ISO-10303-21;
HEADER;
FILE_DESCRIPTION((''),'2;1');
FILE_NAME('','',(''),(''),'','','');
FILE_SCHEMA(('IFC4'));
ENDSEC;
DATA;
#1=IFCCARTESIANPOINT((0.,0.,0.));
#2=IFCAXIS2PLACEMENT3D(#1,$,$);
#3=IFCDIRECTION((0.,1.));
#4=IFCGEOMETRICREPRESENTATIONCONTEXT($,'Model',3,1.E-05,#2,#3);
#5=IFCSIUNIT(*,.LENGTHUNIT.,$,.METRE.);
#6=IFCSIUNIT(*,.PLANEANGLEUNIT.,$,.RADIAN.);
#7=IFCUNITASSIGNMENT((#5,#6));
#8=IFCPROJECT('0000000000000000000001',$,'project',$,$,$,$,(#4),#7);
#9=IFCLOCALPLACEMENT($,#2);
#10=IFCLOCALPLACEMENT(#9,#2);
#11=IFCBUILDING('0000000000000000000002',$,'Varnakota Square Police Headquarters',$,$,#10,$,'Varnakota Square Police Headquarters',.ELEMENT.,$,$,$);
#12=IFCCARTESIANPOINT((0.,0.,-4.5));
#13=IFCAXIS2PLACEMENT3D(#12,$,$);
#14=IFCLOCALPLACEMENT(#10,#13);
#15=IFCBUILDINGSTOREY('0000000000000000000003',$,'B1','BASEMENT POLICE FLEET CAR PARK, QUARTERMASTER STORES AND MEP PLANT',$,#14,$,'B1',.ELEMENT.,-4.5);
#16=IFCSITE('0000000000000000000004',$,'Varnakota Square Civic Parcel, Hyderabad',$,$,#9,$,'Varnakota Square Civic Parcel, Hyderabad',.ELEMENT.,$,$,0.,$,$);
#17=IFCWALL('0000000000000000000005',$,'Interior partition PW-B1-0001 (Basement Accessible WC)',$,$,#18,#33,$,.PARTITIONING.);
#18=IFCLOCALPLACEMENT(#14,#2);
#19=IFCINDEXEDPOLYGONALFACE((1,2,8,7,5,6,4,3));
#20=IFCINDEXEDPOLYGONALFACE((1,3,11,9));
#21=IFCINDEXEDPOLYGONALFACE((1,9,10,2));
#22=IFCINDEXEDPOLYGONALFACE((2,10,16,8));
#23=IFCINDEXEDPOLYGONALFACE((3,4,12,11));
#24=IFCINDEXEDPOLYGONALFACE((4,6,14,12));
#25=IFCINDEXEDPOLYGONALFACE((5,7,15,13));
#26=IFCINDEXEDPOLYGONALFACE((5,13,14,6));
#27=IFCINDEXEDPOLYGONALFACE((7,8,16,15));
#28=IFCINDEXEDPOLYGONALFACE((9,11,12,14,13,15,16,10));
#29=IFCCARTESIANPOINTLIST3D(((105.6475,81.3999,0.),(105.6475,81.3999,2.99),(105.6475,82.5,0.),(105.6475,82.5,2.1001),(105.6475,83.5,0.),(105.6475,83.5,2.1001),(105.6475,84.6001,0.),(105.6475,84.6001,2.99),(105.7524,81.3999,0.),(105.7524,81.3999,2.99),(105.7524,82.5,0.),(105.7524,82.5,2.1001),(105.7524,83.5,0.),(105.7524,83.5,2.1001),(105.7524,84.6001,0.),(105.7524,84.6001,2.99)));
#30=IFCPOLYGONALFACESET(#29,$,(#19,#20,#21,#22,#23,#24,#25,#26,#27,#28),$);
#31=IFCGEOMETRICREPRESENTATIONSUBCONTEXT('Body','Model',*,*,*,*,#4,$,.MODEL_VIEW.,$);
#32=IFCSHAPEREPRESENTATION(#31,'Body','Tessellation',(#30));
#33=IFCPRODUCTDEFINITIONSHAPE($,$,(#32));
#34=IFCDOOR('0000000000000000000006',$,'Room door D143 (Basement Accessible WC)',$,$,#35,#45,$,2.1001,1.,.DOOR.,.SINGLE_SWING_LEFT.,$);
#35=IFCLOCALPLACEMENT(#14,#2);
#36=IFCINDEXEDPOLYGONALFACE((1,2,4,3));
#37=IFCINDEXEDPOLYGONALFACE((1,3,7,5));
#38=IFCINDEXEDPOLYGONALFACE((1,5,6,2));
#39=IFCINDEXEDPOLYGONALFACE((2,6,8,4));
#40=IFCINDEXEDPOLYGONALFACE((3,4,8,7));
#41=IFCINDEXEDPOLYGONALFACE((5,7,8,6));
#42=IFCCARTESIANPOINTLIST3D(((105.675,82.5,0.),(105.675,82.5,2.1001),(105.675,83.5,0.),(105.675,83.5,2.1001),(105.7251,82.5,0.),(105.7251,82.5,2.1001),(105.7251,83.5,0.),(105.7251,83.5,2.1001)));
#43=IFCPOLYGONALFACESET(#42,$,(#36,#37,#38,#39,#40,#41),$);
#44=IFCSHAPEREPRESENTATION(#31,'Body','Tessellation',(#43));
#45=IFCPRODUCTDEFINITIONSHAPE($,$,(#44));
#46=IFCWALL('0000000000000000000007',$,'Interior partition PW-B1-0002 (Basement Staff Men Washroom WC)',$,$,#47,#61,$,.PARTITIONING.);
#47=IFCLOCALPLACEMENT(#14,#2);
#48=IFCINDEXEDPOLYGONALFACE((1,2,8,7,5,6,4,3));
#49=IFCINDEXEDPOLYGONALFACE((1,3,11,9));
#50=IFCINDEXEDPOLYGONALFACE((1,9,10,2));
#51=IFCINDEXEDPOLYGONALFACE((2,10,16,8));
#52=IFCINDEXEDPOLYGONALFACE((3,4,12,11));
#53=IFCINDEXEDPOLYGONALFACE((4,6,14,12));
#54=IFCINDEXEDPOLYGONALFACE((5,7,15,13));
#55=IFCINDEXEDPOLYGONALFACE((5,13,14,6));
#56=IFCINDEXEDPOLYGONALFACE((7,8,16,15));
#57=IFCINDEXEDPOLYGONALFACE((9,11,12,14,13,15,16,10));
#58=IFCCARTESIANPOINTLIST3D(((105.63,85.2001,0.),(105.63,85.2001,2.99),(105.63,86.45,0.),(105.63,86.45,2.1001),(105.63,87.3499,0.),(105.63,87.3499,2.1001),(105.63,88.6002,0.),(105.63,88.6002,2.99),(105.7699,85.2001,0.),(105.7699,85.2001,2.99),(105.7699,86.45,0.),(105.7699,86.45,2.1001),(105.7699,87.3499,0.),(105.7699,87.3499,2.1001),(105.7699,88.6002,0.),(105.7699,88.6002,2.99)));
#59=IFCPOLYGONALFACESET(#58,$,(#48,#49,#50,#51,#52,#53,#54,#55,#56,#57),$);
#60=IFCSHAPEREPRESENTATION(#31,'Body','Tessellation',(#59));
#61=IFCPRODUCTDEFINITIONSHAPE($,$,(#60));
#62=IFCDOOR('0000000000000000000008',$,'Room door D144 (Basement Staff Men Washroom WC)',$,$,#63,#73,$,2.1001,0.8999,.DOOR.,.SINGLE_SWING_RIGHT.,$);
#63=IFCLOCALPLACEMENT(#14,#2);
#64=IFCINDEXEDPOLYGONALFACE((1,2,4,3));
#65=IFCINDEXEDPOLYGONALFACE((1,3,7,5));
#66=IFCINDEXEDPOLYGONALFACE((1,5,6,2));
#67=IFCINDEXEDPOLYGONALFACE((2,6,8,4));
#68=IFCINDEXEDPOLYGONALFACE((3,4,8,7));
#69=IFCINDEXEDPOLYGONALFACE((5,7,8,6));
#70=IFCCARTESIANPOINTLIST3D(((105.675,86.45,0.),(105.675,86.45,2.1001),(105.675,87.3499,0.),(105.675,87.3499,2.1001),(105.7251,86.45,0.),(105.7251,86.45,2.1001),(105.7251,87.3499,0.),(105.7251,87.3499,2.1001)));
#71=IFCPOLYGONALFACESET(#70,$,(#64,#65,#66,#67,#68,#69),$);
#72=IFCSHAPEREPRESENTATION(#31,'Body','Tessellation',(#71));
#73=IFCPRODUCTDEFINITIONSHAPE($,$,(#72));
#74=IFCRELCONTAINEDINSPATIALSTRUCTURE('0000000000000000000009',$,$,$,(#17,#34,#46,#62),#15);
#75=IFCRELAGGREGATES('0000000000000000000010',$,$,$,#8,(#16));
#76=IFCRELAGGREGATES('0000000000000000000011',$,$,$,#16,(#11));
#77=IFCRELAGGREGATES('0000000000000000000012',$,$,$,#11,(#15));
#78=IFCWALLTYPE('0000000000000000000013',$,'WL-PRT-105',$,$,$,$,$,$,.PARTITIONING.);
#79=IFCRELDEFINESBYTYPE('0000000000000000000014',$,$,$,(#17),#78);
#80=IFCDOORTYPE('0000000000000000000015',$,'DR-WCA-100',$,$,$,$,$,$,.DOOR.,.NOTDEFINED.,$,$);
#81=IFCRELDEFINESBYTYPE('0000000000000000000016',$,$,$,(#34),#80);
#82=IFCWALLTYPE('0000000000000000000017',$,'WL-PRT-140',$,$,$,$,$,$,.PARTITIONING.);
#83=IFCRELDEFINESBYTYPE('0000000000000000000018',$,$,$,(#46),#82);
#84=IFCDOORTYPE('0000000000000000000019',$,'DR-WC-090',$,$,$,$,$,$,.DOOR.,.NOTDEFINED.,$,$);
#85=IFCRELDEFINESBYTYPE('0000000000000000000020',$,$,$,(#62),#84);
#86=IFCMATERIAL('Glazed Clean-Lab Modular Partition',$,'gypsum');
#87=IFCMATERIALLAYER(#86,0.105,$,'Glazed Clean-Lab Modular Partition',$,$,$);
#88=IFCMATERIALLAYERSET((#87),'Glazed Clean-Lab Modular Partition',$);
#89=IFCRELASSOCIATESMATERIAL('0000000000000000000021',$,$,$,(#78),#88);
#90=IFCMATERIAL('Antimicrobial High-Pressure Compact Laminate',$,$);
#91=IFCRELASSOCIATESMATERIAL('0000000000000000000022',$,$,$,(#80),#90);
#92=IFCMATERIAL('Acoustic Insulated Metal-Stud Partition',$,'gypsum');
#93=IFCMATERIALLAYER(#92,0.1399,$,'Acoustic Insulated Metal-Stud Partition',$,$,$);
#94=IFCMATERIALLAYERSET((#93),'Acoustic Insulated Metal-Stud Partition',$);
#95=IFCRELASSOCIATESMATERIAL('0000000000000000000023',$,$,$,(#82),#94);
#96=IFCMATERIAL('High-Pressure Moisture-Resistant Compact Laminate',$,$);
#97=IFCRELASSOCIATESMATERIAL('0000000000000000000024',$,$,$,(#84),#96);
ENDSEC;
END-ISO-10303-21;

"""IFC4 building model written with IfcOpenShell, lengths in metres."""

from ifc_helpers import new_model, si_unit, direction, frame, frame_2d, origin, place, context, subcontext, project, spatial, rectangle, extrude, material, layer, layer_set, type_object, element, fill, save


model = new_model("IFC4")

# Units and contexts
model_context = context("Model", 3, precision=1e-05, world=origin(), true_north=direction((0.0, 1.0)))
body_context = subcontext(model_context, "Body", "Model", "MODEL_VIEW")
ifc_project = project(units=[si_unit("LENGTHUNIT", "METRE"), si_unit("PLANEANGLEUNIT", "RADIAN")], contexts=[model_context])

# Site, building, storey
site_placement = place(None, origin())
site = spatial("IfcSite", under=ifc_project, at=site_placement, Name="Varnakota Square Civic Parcel, Hyderabad", LongName="Varnakota Square Civic Parcel, Hyderabad", CompositionType="ELEMENT", RefElevation=0.0)
building_placement = place(site_placement, origin())
building = spatial("IfcBuilding", under=site, at=building_placement, Name="Varnakota Square Police Headquarters", LongName="Varnakota Square Police Headquarters", CompositionType="ELEMENT")
storey_placement = place(building_placement, frame((0.0, 0.0, -4.5)))
storey = spatial("IfcBuildingStorey", under=building, at=storey_placement, Name="B1", Description="BASEMENT POLICE FLEET CAR PARK, QUARTERMASTER STORES AND MEP PLANT", LongName="B1", CompositionType="ELEMENT", Elevation=-4.5)

# Walls, openings, doors
ifc_material_1 = material(Name="Glazed Clean-Lab Modular Partition", Category="gypsum")
ifc_layer_1 = layer(ifc_material_1, 0.105, Name="Glazed Clean-Lab Modular Partition")
ifc_layer_set_1 = layer_set([ifc_layer_1], Name="Glazed Clean-Lab Modular Partition")
wall_type_1 = type_object("IfcWallType", Name="WL-PRT-105", PredefinedType="PARTITIONING", material=ifc_layer_set_1)
wall_1_placement = place(storey_placement, frame((105.7, 81.3999, 0.0), z_axis=(0.0, 0.0, 1.0), x_axis=(0.0, 1.0, 0.0)))
wall_1 = element("IfcWall", 1, at=wall_1_placement, inside=storey, type_object=wall_type_1, Name="Interior partition PW-B1-0001 (Basement Accessible WC)", PredefinedType="PARTITIONING", context=body_context, shape_type="SweptSolid", body=[
    extrude(rectangle(XDim=3.2002, YDim=0.105, at=frame_2d((1.6001, 0.0))), origin(), (0.0, 0.0, 1.0), 2.99),
])
opening_1_placement = place(wall_1_placement, frame((1.1001, 0.0, 0.0)))
opening_1 = element("IfcOpeningElement", 2, at=opening_1_placement, cuts=wall_1, PredefinedType="OPENING", context=body_context, shape_type="SweptSolid", body=[
    extrude(rectangle(XDim=1.0, YDim=2.1001, at=frame_2d((0.5, 1.05))), frame((0.0, 0.0625, 0.0), z_axis=(0.0, -1.0, 0.0), x_axis=(1.0, 0.0, 0.0)), (0.0, 0.0, 1.0), 0.125),
])
ifc_material_2 = material(Name="Antimicrobial High-Pressure Compact Laminate")
door_type_1 = type_object("IfcDoorType", Name="DR-WCA-100", OperationType="NOTDEFINED", PredefinedType="DOOR", material=ifc_material_2)
door_1_placement = place(opening_1_placement, origin())
door_1 = element("IfcDoor", 3, at=door_1_placement, inside=storey, type_object=door_type_1, Name="Room door D143 (Basement Accessible WC)", OperationType="SINGLE_SWING_LEFT", OverallHeight=2.1001, OverallWidth=1.0, PredefinedType="DOOR", context=body_context, shape_type="SweptSolid", body=[
    extrude(rectangle(XDim=1.0, YDim=2.1001, at=frame_2d((0.5, 1.05))), frame((0.0, 0.0249, 0.0), z_axis=(0.0, -1.0, 0.0), x_axis=(1.0, 0.0, 0.0)), (0.0, 0.0, 1.0), 0.05),
])
fill(opening_1, door_1)
ifc_material_3 = material(Name="Acoustic Insulated Metal-Stud Partition", Category="gypsum")
ifc_layer_2 = layer(ifc_material_3, 0.1399, Name="Acoustic Insulated Metal-Stud Partition")
ifc_layer_set_2 = layer_set([ifc_layer_2], Name="Acoustic Insulated Metal-Stud Partition")
wall_type_2 = type_object("IfcWallType", Name="WL-PRT-140", PredefinedType="PARTITIONING", material=ifc_layer_set_2)
wall_2_placement = place(storey_placement, frame((105.7, 85.2, 0.0), z_axis=(0.0, 0.0, 1.0), x_axis=(0.0, 1.0, 0.0)))
wall_2 = element("IfcWall", 4, at=wall_2_placement, inside=storey, type_object=wall_type_2, Name="Interior partition PW-B1-0002 (Basement Staff Men Washroom WC)", PredefinedType="PARTITIONING", context=body_context, shape_type="SweptSolid", body=[
    extrude(rectangle(XDim=3.4001, YDim=0.1399, at=frame_2d((1.7002, 0.0))), origin(), (0.0, 0.0, 1.0), 2.99),
])
opening_2_placement = place(wall_2_placement, frame((1.25, 0.0, 0.0)))
opening_2 = element("IfcOpeningElement", 5, at=opening_2_placement, cuts=wall_2, PredefinedType="OPENING", context=body_context, shape_type="SweptSolid", body=[
    extrude(rectangle(XDim=0.8999, YDim=2.1001, at=frame_2d((0.45, 1.05))), frame((0.0, 0.0798, 0.0), z_axis=(0.0, -1.0, 0.0), x_axis=(1.0, 0.0, 0.0)), (0.0, 0.0, 1.0), 0.1599),
])
ifc_material_4 = material(Name="High-Pressure Moisture-Resistant Compact Laminate")
door_type_2 = type_object("IfcDoorType", Name="DR-WC-090", OperationType="NOTDEFINED", PredefinedType="DOOR", material=ifc_material_4)
door_2_placement = place(opening_2_placement, origin())
door_2 = element("IfcDoor", 6, at=door_2_placement, inside=storey, type_object=door_type_2, Name="Room door D144 (Basement Staff Men Washroom WC)", OperationType="SINGLE_SWING_RIGHT", OverallHeight=2.1001, OverallWidth=0.8999, PredefinedType="DOOR", context=body_context, shape_type="SweptSolid", body=[
    extrude(rectangle(XDim=0.8999, YDim=2.1001, at=frame_2d((0.45, 1.05))), frame((0.0, 0.0249, 0.0), z_axis=(0.0, -1.0, 0.0), x_axis=(1.0, 0.0, 0.0)), (0.0, 0.0, 1.0), 0.05),
])
fill(opening_2, door_2)

save(model, "model.ifc")
